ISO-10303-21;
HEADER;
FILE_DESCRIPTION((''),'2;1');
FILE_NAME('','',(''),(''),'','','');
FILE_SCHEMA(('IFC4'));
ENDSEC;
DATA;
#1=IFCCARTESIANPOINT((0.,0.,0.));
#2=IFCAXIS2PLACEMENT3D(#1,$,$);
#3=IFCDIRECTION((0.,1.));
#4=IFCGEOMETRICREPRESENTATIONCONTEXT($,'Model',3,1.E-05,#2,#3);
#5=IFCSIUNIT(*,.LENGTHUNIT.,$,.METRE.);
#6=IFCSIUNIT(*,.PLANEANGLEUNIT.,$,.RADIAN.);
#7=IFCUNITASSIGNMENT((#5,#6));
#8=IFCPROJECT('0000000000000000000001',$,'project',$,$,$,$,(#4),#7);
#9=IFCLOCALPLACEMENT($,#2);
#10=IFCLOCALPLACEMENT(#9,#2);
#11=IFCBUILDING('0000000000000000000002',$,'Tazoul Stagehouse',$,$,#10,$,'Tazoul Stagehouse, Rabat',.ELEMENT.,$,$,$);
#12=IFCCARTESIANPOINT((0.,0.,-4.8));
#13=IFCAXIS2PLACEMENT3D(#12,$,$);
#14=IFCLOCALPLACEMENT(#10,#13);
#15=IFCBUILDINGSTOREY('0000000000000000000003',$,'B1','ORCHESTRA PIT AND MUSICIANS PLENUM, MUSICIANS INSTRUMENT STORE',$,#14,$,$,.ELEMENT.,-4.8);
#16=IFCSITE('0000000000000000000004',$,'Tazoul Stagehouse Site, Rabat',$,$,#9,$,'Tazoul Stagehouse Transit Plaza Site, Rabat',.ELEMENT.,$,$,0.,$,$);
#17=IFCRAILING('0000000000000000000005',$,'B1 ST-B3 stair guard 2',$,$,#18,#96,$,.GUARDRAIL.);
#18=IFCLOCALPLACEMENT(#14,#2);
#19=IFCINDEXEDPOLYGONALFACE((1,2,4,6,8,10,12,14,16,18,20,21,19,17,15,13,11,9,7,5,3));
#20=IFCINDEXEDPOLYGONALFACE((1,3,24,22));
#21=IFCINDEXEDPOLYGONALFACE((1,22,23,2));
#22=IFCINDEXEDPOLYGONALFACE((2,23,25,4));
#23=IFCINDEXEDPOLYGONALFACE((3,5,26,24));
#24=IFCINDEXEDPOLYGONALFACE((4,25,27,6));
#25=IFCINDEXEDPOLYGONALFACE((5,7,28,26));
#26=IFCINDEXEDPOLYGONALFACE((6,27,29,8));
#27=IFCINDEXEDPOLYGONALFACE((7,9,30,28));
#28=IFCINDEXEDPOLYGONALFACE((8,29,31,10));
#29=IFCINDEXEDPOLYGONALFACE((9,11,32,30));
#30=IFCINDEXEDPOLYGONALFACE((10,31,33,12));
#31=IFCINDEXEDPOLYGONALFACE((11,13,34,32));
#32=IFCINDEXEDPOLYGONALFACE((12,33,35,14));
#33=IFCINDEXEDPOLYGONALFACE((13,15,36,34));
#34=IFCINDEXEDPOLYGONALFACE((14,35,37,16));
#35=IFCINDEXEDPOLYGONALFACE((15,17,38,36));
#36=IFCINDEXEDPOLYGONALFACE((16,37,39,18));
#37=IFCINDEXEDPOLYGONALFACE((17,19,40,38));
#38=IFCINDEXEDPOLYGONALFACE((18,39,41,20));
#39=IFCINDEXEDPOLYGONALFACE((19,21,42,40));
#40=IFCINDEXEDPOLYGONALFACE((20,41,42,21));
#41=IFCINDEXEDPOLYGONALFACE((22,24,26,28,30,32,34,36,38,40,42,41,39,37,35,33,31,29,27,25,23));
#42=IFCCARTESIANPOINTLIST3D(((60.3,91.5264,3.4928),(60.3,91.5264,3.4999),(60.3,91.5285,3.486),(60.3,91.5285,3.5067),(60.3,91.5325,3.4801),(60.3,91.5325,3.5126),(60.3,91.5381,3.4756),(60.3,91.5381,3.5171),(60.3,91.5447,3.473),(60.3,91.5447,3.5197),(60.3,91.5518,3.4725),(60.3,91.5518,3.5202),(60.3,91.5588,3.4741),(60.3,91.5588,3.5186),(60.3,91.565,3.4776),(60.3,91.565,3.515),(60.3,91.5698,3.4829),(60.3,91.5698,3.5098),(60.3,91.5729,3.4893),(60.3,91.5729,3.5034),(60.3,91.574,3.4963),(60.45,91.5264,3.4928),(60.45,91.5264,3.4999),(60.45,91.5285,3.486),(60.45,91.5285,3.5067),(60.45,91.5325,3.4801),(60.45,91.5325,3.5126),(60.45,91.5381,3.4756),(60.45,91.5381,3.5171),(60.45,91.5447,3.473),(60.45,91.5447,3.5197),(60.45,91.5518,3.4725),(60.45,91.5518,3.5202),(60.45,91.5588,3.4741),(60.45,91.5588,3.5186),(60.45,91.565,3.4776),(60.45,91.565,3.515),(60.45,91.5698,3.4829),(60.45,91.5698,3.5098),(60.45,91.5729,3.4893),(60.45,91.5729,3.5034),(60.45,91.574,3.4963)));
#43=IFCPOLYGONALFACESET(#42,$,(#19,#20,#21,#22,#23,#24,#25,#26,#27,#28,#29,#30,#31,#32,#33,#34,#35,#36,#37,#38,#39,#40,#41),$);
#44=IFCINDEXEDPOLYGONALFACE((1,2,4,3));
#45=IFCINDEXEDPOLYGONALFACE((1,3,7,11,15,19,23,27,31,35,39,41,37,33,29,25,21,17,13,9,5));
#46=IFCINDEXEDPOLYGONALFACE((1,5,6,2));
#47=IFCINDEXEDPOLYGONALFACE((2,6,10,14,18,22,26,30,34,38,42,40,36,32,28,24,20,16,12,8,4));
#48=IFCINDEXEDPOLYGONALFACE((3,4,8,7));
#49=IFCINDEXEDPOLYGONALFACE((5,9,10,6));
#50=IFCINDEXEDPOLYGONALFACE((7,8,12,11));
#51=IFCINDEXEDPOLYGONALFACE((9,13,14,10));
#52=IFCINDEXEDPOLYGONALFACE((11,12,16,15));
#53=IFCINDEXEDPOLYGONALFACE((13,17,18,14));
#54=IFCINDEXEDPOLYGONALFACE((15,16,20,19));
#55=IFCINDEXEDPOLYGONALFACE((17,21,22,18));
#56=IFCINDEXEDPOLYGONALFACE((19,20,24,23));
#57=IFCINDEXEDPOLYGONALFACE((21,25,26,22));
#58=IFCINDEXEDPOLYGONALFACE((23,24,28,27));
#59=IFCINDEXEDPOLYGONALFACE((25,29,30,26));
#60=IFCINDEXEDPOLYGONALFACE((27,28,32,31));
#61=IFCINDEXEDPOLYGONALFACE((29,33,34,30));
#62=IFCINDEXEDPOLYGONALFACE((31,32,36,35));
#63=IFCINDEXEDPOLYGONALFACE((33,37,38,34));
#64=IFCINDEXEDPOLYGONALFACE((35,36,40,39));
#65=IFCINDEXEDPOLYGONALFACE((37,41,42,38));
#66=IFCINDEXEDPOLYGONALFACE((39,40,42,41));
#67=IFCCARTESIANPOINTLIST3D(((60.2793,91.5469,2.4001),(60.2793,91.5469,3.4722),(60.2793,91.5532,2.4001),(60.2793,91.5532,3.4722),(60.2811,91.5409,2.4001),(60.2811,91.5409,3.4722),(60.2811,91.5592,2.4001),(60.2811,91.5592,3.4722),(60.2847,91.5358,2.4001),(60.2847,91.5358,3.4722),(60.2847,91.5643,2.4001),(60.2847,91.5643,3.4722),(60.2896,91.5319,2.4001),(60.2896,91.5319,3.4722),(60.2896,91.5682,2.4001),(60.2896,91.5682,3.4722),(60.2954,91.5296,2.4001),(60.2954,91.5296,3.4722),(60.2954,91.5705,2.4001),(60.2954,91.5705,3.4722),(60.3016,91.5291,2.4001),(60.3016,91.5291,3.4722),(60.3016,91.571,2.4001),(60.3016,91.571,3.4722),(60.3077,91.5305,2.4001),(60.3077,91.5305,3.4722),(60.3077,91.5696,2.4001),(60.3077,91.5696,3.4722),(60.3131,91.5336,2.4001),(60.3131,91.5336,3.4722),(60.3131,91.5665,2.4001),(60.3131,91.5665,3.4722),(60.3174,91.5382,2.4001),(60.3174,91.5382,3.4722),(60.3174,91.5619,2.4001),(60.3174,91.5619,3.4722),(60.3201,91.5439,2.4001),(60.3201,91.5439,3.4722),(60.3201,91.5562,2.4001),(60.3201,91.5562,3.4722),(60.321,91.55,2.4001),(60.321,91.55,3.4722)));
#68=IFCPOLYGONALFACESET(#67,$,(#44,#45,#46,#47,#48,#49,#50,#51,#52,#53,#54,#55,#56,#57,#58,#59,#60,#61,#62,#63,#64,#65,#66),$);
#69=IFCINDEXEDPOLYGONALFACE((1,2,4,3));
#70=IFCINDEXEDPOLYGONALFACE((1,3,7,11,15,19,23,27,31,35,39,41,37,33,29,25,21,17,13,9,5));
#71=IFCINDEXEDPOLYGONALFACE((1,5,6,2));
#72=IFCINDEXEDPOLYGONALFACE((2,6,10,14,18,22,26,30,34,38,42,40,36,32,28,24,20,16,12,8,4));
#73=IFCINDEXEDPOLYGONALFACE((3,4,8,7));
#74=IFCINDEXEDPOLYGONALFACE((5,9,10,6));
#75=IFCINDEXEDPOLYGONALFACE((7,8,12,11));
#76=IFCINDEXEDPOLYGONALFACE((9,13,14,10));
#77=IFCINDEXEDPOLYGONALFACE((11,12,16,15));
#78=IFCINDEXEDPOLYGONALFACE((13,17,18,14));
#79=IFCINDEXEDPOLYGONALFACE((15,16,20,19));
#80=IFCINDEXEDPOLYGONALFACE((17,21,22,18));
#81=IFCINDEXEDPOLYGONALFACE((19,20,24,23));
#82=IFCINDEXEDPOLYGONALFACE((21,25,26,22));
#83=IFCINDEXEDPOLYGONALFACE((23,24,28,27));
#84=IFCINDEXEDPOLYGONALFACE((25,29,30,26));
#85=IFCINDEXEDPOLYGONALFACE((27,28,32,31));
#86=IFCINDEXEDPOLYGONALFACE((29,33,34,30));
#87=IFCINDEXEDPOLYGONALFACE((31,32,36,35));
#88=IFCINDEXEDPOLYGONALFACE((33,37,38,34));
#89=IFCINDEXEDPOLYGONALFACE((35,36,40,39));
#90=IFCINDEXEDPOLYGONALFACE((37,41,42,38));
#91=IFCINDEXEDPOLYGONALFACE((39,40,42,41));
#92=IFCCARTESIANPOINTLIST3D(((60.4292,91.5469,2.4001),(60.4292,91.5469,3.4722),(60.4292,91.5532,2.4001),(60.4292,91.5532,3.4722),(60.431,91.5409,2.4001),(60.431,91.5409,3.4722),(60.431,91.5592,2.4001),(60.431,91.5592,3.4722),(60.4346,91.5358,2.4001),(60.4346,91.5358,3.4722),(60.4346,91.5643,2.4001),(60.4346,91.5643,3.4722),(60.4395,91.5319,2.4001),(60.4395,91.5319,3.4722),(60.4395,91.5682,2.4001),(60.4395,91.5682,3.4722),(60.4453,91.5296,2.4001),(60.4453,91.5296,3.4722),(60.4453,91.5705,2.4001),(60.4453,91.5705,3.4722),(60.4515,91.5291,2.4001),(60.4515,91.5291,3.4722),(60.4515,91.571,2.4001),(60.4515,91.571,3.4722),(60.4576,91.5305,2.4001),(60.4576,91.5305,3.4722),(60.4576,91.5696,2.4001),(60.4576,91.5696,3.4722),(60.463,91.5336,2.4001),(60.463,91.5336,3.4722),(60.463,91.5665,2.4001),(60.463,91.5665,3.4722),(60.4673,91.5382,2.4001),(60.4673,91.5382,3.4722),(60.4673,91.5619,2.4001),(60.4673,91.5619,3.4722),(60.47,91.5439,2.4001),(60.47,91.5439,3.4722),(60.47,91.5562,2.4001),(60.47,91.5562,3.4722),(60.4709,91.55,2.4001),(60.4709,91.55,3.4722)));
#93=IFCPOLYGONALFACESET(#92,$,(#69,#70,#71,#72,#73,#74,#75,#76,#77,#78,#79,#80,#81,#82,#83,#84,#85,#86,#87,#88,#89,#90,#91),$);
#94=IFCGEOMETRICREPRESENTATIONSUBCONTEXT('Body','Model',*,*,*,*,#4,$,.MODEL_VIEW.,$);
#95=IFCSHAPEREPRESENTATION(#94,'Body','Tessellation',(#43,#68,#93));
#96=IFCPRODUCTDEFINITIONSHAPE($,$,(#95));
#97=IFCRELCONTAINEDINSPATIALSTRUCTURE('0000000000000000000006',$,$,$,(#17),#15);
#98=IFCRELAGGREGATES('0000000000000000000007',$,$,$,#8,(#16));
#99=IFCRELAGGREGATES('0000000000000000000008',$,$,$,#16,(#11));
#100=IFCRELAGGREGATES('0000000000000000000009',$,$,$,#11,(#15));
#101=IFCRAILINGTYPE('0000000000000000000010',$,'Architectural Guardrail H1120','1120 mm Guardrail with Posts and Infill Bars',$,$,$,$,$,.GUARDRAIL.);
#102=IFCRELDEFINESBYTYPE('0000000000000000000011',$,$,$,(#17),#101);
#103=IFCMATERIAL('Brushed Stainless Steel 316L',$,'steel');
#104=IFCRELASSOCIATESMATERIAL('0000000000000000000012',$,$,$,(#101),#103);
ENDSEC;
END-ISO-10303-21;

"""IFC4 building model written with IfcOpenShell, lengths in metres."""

from ifc_helpers import new_model, si_unit, direction, frame, origin, origin_2d, place, context, subcontext, project, spatial, circle, extrude, material, material_profile, profile_set, type_object, element, save


model = new_model("IFC4")

# Units and contexts
model_context = context("Model", 3, precision=1e-05, world=origin(), true_north=direction((0.0, 1.0)))
body_context = subcontext(model_context, "Body", "Model", "MODEL_VIEW")
ifc_project = project(units=[si_unit("LENGTHUNIT", "METRE"), si_unit("PLANEANGLEUNIT", "RADIAN")], contexts=[model_context])

# Site, building, storey
site_placement = place(None, origin())
site = spatial("IfcSite", under=ifc_project, at=site_placement, Name="Tazoul Stagehouse Site, Rabat", LongName="Tazoul Stagehouse Transit Plaza Site, Rabat", CompositionType="ELEMENT", RefElevation=0.0)
building_placement = place(site_placement, origin())
building = spatial("IfcBuilding", under=site, at=building_placement, Name="Tazoul Stagehouse", LongName="Tazoul Stagehouse, Rabat", CompositionType="ELEMENT")
storey_placement = place(building_placement, frame((0.0, 0.0, -4.8)))
storey = spatial("IfcBuildingStorey", under=building, at=storey_placement, Name="B1", Description="ORCHESTRA PIT AND MUSICIANS PLENUM, MUSICIANS INSTRUMENT STORE", CompositionType="ELEMENT", Elevation=-4.8)

# Railing
ifc_material_1 = material(Name="Brushed Stainless Steel 316L", Category="steel")
ifc_material_profile_1 = material_profile(ifc_material_1, circle(Radius=0.0239, at=origin_2d()), Name="SS RAIL D48")
ifc_profile_set_1 = profile_set([ifc_material_profile_1], Name="Brushed Stainless Steel 316L")
railing_type_1 = type_object("IfcRailingType", Name="Architectural Guardrail H1120", Description="1120 mm Guardrail with Posts and Infill Bars", PredefinedType="GUARDRAIL", material=ifc_profile_set_1)
railing_1_placement = place(storey_placement, frame((60.3, 91.55, 2.4001)))
element("IfcRailing", 1, at=railing_1_placement, inside=storey, type_object=railing_type_1, Name="B1 ST-B3 stair guard 2", PredefinedType="GUARDRAIL", context=body_context, shape_type="SweptSolid", body=[
    extrude(circle(Radius=0.0239, at=origin_2d()), frame((0.0, 0.0, 1.0962), z_axis=(1.0, 0.0, 0.0), x_axis=(0.0, 1.0, 0.0)), (0.0, 0.0, 1.0), 0.1499),
    extrude(circle(Radius=0.021, at=origin_2d()), origin(), (0.0, 0.0, 1.0), 1.072),
    extrude(circle(Radius=0.021, at=origin_2d()), frame((0.1499, 0.0, 0.0)), (0.0, 0.0, 1.0), 1.072),
])

save(model, "model.ifc")
